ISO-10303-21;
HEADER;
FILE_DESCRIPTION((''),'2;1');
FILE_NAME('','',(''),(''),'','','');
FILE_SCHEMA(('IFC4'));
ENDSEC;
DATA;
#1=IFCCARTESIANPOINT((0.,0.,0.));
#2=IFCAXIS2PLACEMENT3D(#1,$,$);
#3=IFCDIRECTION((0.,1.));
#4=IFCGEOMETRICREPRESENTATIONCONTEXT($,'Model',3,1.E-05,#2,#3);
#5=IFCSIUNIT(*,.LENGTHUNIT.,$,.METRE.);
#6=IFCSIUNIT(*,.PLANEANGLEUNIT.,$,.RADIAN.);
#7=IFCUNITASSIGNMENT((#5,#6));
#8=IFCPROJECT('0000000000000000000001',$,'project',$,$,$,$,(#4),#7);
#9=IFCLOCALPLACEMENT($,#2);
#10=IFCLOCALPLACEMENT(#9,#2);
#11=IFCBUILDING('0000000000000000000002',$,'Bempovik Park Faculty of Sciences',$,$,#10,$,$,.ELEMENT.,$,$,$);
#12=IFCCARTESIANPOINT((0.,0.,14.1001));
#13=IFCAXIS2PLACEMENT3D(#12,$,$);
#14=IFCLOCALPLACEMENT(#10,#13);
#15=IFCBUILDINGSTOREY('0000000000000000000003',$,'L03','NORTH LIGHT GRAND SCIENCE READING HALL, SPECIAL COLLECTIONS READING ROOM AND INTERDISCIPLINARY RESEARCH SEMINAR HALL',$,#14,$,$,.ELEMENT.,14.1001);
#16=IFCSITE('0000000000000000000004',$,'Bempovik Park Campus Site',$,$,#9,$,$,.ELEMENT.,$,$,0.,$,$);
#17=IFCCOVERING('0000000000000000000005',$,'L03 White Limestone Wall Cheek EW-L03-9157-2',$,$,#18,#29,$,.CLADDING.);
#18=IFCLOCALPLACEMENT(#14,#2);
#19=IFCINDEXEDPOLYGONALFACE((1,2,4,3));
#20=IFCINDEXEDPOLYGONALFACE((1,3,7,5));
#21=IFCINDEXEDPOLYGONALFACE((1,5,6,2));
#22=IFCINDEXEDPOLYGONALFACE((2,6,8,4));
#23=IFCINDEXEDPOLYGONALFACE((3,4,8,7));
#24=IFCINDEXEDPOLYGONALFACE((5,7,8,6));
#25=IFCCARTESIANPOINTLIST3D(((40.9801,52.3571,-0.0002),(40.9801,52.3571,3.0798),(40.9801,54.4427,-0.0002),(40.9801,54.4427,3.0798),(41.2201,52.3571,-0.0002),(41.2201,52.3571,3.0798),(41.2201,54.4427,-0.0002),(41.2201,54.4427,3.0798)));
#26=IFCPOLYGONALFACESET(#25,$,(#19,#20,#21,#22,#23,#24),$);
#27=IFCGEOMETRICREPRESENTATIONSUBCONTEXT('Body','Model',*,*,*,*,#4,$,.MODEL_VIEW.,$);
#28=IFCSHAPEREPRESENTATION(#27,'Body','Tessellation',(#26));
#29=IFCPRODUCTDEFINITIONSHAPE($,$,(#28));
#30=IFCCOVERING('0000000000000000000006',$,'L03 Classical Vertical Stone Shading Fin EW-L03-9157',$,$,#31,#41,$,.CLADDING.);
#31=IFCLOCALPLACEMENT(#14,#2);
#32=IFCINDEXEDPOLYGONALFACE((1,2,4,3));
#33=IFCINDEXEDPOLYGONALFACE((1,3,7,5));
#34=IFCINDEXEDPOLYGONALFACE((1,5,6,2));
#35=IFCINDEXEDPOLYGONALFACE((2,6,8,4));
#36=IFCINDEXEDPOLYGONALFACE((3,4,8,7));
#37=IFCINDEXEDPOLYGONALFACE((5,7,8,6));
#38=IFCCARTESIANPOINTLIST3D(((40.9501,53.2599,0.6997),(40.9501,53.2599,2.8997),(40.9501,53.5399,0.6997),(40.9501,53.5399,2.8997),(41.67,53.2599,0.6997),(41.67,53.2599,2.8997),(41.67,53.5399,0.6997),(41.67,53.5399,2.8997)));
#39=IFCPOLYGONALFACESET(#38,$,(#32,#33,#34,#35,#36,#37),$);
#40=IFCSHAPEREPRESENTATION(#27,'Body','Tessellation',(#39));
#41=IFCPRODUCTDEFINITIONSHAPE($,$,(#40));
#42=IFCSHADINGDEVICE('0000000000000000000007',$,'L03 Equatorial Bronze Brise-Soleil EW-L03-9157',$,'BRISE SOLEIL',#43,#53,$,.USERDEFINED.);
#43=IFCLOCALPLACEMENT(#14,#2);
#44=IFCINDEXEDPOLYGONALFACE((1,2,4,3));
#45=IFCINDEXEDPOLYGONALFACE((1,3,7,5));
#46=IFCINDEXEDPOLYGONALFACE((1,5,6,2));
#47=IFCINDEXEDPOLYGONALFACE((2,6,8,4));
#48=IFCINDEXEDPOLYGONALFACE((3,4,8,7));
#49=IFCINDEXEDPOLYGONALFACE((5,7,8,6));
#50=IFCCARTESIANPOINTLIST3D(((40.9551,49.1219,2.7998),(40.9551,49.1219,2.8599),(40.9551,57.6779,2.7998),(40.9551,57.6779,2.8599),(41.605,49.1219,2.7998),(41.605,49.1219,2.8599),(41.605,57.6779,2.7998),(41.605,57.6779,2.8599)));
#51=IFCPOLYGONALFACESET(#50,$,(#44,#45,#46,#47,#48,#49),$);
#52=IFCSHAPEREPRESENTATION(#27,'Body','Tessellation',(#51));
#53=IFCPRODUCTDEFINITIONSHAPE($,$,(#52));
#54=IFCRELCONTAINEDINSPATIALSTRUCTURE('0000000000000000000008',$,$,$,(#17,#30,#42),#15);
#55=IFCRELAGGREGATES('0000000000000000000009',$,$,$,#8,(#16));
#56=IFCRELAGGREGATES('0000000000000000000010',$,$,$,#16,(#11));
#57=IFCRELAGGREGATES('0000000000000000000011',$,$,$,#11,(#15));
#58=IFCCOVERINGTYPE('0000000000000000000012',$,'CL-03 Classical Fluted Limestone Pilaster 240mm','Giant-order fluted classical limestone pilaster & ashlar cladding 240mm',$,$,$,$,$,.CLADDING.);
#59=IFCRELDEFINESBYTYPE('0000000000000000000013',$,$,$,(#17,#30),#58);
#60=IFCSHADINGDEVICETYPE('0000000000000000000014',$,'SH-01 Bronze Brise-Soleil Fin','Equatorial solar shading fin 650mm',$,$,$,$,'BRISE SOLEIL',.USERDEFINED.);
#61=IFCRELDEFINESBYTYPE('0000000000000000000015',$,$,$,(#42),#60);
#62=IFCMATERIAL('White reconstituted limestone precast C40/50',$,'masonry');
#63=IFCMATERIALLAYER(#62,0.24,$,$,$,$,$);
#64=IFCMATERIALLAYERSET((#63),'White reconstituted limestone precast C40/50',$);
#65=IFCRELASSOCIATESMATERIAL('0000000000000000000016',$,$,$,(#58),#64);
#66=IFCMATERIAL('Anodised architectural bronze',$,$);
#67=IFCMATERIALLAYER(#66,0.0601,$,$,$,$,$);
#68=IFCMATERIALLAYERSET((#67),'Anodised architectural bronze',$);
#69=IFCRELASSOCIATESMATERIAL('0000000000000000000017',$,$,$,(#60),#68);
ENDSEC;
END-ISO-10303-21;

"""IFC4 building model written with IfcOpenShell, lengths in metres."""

from ifc_helpers import new_model, si_unit, direction, frame, origin, origin_2d, place, context, subcontext, project, spatial, rectangle, extrude, material, layer, layer_set, type_object, element, save


model = new_model("IFC4")

# Units and contexts
model_context = context("Model", 3, precision=1e-05, world=origin(), true_north=direction((0.0, 1.0)))
body_context = subcontext(model_context, "Body", "Model", "MODEL_VIEW")
ifc_project = project(units=[si_unit("LENGTHUNIT", "METRE"), si_unit("PLANEANGLEUNIT", "RADIAN")], contexts=[model_context])

# Site, building, storey
site_placement = place(None, origin())
site = spatial("IfcSite", under=ifc_project, at=site_placement, Name="Bempovik Park Campus Site", CompositionType="ELEMENT", RefElevation=0.0)
building_placement = place(site_placement, origin())
building = spatial("IfcBuilding", under=site, at=building_placement, Name="Bempovik Park Faculty of Sciences", CompositionType="ELEMENT")
storey_placement = place(building_placement, frame((0.0, 0.0, 14.1001)))
storey = spatial("IfcBuildingStorey", under=building, at=storey_placement, Name="L03", Description="NORTH LIGHT GRAND SCIENCE READING HALL, SPECIAL COLLECTIONS READING ROOM AND INTERDISCIPLINARY RESEARCH SEMINAR HALL", CompositionType="ELEMENT", Elevation=14.1001)

# Coverings
ifc_material_1 = material(Name="White reconstituted limestone precast C40/50", Category="masonry")
ifc_layer_1 = layer(ifc_material_1, 0.24)
ifc_layer_set_1 = layer_set([ifc_layer_1], Name="White reconstituted limestone precast C40/50")
covering_type_1 = type_object("IfcCoveringType", Name="CL-03 Classical Fluted Limestone Pilaster 240mm", Description="Giant-order fluted classical limestone pilaster & ashlar cladding 240mm", PredefinedType="CLADDING", material=ifc_layer_set_1)
covering_1_placement = place(storey_placement, frame((41.1001, 53.3999, -0.0002), z_axis=(0.0, 0.0, 1.0), x_axis=(1.0, 0.0, 0.0)))
element("IfcCovering", 1, at=covering_1_placement, inside=storey, type_object=covering_type_1, Name="L03 White Limestone Wall Cheek EW-L03-9157-2", PredefinedType="CLADDING", context=body_context, shape_type="SweptSolid", body=[
    extrude(rectangle(XDim=0.24, YDim=2.0857, at=origin_2d()), origin(), (0.0, 0.0, 1.0), 3.0801),
])
covering_2_placement = place(storey_placement, frame((41.3101, 53.3999, 0.6997), z_axis=(0.0, 0.0, 1.0), x_axis=(1.0, 0.0, 0.0)))
element("IfcCovering", 2, at=covering_2_placement, inside=storey, type_object=covering_type_1, Name="L03 Classical Vertical Stone Shading Fin EW-L03-9157", PredefinedType="CLADDING", context=body_context, shape_type="SweptSolid", body=[
    extrude(rectangle(XDim=0.72, YDim=0.28, at=origin_2d()), origin(), (0.0, 0.0, 1.0), 2.2),
])

# Shading device
ifc_material_2 = material(Name="Anodised architectural bronze")
ifc_layer_2 = layer(ifc_material_2, 0.0601)
ifc_layer_set_2 = layer_set([ifc_layer_2], Name="Anodised architectural bronze")
shading_device_type = type_object("IfcShadingDeviceType", Name="SH-01 Bronze Brise-Soleil Fin", Description="Equatorial solar shading fin 650mm", ElementType="BRISE SOLEIL", PredefinedType="USERDEFINED", material=ifc_layer_set_2)
shading_device_placement = place(storey_placement, frame((41.28, 53.3999, 2.7998), z_axis=(0.0, 0.0, 1.0), x_axis=(1.0, 0.0, 0.0)))
element("IfcShadingDevice", 3, at=shading_device_placement, inside=storey, type_object=shading_device_type, Name="L03 Equatorial Bronze Brise-Soleil EW-L03-9157", ObjectType="BRISE SOLEIL", PredefinedType="USERDEFINED", context=body_context, shape_type="SweptSolid", body=[
    extrude(rectangle(XDim=0.6499, YDim=8.5559, at=origin_2d()), origin(), (0.0, 0.0, 1.0), 0.0601),
])

save(model, "model.ifc")
